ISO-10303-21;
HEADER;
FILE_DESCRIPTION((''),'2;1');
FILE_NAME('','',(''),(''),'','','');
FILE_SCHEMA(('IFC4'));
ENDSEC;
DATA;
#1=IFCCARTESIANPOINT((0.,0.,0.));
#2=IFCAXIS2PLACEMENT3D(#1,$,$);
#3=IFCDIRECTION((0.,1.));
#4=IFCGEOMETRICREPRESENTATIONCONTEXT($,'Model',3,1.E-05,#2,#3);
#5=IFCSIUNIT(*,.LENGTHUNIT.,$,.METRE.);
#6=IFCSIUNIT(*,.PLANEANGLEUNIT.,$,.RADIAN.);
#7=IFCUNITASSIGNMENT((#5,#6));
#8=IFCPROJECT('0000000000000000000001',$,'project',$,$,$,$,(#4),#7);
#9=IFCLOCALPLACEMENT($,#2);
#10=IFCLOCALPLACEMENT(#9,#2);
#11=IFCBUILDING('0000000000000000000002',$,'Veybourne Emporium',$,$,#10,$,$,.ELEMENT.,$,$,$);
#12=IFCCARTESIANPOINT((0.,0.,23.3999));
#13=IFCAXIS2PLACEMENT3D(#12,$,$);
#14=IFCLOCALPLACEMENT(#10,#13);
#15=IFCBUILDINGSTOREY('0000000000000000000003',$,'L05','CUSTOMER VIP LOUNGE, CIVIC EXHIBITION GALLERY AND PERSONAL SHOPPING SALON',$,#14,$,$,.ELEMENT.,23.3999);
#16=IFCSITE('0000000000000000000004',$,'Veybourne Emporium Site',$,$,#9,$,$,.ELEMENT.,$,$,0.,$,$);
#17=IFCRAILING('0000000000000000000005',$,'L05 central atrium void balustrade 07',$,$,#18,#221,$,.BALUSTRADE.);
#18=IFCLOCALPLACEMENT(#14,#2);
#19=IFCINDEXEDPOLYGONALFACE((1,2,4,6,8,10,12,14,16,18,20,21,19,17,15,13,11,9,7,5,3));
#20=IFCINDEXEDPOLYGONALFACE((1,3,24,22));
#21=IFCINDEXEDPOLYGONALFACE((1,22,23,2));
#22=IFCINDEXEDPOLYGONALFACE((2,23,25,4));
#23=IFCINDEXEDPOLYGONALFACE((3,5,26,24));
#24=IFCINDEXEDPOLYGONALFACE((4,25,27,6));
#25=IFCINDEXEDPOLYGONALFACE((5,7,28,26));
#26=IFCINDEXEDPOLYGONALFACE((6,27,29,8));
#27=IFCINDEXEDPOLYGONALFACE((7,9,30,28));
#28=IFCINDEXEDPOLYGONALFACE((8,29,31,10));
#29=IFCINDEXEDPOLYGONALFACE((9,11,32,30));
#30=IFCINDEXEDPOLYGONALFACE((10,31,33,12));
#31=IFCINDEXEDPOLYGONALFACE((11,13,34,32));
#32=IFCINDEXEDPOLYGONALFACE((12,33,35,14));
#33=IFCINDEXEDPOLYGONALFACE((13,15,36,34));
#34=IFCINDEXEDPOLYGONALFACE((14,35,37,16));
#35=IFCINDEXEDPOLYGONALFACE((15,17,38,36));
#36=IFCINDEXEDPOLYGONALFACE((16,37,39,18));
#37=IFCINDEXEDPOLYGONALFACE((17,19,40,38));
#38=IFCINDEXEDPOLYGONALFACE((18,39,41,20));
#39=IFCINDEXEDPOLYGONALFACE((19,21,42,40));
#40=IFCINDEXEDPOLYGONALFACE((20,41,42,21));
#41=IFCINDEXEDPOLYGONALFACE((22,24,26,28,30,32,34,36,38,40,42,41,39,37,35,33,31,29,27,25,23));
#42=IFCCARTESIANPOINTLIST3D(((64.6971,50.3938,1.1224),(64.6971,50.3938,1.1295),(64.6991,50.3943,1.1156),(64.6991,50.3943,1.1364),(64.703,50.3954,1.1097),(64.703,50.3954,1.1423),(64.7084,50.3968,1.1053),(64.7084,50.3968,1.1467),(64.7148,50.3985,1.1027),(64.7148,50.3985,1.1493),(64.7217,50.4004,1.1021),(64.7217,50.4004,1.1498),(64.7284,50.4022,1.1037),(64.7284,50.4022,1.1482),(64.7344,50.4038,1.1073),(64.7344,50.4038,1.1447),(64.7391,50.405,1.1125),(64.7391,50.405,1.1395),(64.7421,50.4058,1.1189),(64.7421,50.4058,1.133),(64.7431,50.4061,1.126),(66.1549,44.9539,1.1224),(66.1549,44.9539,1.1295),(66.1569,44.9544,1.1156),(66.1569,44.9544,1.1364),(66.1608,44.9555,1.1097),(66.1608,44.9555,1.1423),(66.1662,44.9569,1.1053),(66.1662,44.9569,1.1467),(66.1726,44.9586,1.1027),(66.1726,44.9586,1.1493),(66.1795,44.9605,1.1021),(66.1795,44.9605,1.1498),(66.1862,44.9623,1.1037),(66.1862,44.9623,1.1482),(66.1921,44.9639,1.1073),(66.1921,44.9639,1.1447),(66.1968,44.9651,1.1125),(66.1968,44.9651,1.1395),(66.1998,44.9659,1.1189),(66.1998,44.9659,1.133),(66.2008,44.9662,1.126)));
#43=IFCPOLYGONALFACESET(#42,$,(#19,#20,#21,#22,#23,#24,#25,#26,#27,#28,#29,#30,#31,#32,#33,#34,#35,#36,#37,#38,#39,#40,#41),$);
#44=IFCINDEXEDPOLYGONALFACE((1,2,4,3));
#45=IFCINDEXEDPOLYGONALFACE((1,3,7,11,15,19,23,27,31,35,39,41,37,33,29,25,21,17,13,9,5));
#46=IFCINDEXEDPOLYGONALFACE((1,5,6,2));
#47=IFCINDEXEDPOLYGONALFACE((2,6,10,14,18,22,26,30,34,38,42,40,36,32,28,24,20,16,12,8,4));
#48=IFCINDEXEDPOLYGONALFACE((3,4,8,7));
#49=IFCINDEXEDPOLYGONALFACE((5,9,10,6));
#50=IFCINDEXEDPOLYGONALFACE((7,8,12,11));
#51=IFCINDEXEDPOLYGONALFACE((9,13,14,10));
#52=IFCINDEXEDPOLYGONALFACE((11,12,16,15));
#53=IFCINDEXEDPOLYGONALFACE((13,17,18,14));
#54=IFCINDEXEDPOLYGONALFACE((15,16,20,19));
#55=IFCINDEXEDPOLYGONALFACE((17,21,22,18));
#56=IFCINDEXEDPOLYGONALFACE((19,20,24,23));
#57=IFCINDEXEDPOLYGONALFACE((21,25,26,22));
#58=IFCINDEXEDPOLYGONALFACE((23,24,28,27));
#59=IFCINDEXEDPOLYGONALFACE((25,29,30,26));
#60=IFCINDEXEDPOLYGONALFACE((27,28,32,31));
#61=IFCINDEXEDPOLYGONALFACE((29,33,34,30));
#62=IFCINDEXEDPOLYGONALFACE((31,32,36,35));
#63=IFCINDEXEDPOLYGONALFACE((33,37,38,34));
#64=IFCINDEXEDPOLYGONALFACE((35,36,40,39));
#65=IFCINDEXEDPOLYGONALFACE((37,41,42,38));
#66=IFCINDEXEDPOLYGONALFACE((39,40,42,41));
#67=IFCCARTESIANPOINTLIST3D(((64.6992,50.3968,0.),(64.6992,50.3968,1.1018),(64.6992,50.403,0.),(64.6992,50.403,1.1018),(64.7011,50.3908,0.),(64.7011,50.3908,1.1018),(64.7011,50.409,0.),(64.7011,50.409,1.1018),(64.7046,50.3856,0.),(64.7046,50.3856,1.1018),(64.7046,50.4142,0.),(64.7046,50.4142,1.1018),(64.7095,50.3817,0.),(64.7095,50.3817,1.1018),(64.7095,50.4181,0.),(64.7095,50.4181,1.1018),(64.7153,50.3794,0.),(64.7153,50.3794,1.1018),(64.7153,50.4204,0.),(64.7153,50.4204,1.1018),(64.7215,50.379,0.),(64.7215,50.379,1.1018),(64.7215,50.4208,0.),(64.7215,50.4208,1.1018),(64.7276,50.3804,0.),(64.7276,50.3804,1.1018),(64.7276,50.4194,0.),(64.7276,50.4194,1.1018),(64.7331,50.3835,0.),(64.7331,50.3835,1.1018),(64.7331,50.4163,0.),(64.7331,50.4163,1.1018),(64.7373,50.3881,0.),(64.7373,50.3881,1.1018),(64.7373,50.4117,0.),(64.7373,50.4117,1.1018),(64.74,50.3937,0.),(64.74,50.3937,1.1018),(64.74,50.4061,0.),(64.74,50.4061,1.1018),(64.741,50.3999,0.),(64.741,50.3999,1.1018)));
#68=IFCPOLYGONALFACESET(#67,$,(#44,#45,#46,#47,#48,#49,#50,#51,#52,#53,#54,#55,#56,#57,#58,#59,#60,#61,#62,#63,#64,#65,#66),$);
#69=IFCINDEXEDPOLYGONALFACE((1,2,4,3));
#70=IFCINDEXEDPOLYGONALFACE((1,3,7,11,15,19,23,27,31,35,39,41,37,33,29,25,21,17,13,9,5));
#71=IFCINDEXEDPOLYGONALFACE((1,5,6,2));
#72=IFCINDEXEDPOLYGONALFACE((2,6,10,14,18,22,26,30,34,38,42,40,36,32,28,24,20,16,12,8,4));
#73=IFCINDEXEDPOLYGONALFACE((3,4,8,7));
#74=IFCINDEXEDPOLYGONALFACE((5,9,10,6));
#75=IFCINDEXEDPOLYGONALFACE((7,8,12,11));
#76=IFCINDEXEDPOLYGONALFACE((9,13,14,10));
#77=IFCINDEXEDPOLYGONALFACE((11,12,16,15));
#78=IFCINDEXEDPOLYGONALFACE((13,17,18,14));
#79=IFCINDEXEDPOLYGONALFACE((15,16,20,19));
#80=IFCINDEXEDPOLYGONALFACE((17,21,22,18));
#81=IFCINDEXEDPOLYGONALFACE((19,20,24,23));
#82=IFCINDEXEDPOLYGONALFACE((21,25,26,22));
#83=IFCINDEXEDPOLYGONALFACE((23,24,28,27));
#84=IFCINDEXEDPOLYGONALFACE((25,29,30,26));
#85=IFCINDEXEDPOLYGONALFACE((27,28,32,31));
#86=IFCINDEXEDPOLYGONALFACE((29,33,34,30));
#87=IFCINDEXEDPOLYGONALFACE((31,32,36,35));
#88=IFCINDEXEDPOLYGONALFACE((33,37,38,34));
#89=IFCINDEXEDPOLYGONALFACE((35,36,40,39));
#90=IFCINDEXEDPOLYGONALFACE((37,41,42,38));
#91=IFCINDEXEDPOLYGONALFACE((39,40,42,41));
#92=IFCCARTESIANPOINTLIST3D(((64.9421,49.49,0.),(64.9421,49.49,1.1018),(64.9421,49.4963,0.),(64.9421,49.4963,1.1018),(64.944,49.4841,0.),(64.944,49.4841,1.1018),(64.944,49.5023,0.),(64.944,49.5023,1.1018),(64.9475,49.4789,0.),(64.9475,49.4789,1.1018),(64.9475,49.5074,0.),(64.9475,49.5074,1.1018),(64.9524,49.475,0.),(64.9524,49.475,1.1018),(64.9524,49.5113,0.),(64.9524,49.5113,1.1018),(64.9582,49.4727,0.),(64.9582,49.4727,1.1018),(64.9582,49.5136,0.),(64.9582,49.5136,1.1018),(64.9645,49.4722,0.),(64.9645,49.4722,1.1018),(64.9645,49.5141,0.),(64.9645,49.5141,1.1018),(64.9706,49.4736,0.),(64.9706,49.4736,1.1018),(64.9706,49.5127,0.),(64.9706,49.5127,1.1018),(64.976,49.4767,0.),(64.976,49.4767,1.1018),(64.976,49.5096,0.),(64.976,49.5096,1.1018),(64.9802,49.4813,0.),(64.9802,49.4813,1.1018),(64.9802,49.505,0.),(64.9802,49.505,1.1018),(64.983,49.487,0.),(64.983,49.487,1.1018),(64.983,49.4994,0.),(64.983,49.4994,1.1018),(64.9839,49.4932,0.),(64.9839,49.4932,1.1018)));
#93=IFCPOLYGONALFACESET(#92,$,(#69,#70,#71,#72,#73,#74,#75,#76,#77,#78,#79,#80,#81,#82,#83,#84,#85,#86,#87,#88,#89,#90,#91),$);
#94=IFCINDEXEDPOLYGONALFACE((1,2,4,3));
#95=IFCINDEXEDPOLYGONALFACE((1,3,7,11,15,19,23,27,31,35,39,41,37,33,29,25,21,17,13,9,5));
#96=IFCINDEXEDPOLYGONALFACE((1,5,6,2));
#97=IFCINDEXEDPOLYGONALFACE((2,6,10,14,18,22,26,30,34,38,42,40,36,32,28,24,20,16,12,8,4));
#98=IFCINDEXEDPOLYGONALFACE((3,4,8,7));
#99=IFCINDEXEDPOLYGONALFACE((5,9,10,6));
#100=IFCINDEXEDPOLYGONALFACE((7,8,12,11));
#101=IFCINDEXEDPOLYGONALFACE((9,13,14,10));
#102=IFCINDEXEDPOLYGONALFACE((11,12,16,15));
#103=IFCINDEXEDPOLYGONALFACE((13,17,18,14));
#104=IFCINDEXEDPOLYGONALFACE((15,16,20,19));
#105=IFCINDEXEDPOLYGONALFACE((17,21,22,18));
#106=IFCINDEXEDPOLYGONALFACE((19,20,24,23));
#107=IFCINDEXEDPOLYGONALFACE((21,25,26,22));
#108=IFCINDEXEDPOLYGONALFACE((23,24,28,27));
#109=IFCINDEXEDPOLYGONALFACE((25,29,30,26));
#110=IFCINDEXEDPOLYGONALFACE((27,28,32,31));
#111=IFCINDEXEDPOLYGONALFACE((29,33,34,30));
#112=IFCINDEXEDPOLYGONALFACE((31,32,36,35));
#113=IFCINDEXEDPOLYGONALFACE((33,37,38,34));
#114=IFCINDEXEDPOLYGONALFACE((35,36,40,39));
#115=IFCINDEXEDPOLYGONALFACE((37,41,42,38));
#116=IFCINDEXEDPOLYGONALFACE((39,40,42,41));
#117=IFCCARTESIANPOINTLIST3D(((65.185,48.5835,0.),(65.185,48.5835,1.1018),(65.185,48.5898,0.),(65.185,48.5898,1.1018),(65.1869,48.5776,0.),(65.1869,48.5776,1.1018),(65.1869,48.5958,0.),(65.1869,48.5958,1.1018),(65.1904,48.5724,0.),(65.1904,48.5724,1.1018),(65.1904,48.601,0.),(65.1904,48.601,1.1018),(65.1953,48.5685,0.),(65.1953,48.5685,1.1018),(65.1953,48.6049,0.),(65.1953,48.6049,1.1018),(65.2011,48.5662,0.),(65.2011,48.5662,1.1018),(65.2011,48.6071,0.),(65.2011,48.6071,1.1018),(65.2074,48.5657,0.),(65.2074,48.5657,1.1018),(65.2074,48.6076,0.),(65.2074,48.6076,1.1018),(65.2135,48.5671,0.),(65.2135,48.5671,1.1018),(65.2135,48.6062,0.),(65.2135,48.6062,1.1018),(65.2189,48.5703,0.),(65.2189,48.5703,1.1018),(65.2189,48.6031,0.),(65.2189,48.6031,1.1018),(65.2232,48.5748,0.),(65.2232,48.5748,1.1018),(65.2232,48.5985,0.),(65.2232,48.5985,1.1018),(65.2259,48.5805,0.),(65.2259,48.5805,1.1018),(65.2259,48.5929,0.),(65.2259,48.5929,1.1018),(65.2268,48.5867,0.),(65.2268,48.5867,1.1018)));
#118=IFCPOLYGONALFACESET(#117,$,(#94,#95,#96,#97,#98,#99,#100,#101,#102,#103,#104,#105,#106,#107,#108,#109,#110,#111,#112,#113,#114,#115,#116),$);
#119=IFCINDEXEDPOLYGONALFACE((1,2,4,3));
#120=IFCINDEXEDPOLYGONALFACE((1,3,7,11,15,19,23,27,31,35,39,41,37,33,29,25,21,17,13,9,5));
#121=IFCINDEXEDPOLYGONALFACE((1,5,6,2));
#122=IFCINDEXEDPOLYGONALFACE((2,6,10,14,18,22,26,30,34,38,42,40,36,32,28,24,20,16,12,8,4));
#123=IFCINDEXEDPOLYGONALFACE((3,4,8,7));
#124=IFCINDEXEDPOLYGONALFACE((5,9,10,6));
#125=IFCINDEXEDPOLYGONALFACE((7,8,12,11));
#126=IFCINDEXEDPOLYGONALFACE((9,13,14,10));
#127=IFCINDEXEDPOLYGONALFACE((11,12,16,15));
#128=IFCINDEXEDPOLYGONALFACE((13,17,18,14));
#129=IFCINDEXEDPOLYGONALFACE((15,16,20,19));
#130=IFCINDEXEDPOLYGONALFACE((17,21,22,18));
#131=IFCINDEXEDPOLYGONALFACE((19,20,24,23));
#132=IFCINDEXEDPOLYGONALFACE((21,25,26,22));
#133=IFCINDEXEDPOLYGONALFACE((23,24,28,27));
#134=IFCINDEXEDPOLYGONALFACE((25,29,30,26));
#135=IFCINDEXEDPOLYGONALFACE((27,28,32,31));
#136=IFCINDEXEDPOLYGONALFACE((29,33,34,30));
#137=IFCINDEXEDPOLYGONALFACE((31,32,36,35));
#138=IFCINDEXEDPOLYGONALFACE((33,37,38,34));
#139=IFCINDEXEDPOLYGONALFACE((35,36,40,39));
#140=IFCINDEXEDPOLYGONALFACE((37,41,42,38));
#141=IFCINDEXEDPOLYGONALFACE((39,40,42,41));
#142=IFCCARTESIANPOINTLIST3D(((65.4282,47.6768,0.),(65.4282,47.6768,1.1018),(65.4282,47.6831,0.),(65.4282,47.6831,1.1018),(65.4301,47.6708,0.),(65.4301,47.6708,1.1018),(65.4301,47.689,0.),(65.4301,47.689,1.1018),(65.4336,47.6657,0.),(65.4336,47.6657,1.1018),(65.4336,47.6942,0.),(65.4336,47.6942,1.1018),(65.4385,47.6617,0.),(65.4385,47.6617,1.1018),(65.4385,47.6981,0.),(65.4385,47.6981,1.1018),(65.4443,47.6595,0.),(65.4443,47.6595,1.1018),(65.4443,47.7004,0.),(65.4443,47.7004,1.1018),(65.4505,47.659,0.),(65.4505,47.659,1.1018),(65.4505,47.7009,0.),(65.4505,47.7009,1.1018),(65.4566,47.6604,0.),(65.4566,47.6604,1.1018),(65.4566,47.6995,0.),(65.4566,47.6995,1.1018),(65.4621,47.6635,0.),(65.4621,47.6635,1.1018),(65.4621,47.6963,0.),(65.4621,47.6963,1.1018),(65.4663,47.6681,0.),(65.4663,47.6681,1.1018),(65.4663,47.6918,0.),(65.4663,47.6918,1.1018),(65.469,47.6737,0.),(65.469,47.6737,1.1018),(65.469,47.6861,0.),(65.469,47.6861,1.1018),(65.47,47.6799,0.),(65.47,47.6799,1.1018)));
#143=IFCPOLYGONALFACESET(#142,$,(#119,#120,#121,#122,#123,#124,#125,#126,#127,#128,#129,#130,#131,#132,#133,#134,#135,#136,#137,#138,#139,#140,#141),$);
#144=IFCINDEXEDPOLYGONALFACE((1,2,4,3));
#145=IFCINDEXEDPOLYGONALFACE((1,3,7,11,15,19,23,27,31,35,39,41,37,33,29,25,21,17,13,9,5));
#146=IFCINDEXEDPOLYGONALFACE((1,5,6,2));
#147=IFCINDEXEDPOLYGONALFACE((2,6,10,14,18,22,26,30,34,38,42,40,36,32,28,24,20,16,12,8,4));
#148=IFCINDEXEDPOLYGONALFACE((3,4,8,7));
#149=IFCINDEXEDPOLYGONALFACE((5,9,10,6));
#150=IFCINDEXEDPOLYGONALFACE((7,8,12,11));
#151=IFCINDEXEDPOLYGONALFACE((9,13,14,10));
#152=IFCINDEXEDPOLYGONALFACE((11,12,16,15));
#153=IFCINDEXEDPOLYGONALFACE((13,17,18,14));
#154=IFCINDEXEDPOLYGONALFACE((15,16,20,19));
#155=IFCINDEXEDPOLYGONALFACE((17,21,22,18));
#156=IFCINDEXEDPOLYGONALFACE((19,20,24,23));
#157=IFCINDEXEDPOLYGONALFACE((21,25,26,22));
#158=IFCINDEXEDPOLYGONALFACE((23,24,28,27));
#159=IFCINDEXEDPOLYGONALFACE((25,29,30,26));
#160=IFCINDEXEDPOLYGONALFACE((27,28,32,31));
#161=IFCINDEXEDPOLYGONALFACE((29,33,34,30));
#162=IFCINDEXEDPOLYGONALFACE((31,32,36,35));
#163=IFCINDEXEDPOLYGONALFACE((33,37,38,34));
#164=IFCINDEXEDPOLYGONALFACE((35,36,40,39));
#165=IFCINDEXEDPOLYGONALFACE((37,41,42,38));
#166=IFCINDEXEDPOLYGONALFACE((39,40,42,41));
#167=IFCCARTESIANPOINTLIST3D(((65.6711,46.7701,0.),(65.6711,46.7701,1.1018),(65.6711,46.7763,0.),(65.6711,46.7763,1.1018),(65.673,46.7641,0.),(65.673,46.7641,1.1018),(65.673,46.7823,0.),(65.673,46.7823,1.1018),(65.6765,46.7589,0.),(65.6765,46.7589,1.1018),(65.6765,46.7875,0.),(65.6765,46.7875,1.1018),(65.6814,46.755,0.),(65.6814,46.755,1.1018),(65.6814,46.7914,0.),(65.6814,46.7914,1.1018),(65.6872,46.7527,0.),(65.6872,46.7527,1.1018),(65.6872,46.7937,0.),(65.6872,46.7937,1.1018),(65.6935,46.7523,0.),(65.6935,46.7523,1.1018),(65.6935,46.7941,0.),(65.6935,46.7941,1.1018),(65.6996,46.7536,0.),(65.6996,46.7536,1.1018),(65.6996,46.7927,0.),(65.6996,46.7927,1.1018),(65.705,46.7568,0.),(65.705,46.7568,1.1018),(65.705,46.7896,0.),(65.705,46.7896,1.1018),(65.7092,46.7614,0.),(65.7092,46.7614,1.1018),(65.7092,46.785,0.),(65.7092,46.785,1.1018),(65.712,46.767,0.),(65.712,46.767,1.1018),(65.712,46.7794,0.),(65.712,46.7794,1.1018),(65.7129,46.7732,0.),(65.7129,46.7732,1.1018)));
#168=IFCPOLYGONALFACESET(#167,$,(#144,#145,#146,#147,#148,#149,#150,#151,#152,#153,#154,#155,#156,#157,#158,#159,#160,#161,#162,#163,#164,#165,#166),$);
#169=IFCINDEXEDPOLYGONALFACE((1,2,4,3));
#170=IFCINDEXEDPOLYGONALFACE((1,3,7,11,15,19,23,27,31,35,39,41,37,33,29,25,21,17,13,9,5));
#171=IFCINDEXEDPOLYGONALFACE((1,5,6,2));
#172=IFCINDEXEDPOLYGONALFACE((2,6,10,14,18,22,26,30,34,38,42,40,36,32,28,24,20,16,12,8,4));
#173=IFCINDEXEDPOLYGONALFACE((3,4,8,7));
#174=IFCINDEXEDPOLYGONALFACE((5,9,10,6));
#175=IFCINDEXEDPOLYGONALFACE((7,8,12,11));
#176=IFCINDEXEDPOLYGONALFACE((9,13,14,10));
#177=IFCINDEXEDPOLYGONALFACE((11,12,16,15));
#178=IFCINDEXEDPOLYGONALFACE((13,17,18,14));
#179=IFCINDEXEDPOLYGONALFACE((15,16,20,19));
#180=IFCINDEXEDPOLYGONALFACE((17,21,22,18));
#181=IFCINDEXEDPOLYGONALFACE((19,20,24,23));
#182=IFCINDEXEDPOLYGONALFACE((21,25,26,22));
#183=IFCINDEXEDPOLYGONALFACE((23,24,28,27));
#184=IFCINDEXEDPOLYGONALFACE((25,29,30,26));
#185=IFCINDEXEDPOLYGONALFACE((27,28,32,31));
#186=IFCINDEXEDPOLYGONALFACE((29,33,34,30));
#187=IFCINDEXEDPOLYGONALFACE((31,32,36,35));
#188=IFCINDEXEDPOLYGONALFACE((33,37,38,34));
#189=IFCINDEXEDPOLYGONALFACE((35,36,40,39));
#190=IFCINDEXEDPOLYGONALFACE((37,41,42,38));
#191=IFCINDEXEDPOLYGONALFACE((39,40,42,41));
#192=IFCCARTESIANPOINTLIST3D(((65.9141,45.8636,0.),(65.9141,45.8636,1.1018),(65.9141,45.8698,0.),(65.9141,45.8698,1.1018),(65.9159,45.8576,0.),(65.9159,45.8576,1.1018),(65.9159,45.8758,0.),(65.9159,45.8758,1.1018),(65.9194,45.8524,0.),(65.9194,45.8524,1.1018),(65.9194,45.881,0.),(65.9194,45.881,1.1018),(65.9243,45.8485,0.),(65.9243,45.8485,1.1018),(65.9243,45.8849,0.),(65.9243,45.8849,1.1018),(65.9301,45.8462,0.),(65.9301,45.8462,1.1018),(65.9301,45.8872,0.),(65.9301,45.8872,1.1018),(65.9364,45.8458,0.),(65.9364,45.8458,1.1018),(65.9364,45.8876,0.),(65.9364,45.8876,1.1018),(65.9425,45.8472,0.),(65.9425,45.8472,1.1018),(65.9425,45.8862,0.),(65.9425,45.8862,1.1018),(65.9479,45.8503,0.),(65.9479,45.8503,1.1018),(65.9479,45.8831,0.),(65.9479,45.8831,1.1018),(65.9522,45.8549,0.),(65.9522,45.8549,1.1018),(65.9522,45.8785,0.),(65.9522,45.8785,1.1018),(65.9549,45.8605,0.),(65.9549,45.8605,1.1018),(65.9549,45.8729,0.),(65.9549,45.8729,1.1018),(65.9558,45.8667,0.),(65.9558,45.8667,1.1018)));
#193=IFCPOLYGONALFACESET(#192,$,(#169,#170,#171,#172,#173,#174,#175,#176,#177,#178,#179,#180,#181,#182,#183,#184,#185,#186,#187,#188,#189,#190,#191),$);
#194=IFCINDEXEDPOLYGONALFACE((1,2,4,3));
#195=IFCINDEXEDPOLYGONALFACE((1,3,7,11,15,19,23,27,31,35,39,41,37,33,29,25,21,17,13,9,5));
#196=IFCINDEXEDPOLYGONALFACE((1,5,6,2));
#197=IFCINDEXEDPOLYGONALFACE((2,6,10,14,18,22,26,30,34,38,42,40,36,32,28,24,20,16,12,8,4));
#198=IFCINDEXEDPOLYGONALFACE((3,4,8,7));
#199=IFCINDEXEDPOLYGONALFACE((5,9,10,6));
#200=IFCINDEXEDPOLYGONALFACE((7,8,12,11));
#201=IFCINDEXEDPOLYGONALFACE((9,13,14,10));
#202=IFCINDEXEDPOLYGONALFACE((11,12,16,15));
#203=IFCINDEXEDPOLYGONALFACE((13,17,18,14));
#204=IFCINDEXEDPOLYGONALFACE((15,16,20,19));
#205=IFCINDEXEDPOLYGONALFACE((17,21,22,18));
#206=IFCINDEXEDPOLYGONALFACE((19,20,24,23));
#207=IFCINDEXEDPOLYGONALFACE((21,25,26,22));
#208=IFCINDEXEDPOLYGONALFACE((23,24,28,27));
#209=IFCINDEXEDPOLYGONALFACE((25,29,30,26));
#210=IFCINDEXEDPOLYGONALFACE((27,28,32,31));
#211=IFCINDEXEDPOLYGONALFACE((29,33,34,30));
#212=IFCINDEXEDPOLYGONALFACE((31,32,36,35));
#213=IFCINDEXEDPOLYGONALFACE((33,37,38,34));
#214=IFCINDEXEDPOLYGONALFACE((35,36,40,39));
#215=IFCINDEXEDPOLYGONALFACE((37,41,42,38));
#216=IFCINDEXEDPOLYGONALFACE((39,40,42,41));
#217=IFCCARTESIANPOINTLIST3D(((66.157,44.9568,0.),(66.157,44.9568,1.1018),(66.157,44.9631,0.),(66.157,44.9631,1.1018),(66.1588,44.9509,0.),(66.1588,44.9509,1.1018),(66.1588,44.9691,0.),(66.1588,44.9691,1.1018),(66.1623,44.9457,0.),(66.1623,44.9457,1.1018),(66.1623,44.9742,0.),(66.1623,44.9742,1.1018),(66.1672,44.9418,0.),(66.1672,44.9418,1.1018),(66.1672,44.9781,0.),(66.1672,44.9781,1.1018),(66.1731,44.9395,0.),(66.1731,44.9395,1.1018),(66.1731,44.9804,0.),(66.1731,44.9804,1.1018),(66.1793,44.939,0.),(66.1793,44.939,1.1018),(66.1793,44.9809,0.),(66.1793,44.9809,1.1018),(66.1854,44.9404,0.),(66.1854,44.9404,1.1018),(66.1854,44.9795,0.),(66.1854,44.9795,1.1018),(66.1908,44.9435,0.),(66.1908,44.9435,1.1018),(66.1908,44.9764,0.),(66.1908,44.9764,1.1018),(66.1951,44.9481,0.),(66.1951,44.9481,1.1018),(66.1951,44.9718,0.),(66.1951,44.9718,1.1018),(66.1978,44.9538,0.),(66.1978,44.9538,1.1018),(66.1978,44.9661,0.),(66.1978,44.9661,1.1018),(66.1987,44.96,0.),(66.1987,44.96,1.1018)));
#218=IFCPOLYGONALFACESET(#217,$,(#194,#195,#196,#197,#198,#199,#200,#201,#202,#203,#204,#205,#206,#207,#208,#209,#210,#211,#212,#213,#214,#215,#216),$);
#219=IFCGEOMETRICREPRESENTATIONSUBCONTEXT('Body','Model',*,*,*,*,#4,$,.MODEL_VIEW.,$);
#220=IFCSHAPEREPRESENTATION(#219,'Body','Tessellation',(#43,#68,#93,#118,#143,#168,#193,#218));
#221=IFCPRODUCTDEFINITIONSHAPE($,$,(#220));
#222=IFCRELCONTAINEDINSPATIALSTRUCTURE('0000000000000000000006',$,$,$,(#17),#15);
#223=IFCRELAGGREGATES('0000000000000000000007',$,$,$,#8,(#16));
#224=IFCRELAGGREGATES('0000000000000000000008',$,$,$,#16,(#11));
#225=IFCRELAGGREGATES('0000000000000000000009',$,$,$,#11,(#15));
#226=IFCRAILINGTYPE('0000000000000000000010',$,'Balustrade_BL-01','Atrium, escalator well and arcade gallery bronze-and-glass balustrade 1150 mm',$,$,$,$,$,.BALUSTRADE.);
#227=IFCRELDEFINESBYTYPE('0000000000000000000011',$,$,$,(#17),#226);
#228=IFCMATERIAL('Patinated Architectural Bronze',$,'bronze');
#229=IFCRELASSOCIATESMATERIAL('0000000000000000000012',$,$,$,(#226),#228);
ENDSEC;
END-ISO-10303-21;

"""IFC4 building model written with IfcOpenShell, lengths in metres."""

from ifc_helpers import new_model, si_unit, direction, frame, origin, origin_2d, place, context, subcontext, project, spatial, circle, extrude, material, type_object, element, save


model = new_model("IFC4")

# Units and contexts
model_context = context("Model", 3, precision=1e-05, world=origin(), true_north=direction((0.0, 1.0)))
body_context = subcontext(model_context, "Body", "Model", "MODEL_VIEW")
ifc_project = project(units=[si_unit("LENGTHUNIT", "METRE"), si_unit("PLANEANGLEUNIT", "RADIAN")], contexts=[model_context])

# Site, building, storey
site_placement = place(None, origin())
site = spatial("IfcSite", under=ifc_project, at=site_placement, Name="Veybourne Emporium Site", CompositionType="ELEMENT", RefElevation=0.0)
building_placement = place(site_placement, origin())
building = spatial("IfcBuilding", under=site, at=building_placement, Name="Veybourne Emporium", CompositionType="ELEMENT")
storey_placement = place(building_placement, frame((0.0, 0.0, 23.3999)))
storey = spatial("IfcBuildingStorey", under=building, at=storey_placement, Name="L05", Description="CUSTOMER VIP LOUNGE, CIVIC EXHIBITION GALLERY AND PERSONAL SHOPPING SALON", CompositionType="ELEMENT", Elevation=23.3999)

# Railing
ifc_material_1 = material(Name="Patinated Architectural Bronze", Category="bronze")
railing_type = type_object("IfcRailingType", Name="Balustrade_BL-01", Description="Atrium, escalator well and arcade gallery bronze-and-glass balustrade 1150 mm", PredefinedType="BALUSTRADE", material=ifc_material_1)
railing_1_placement = place(storey_placement, frame((64.72, 50.3999, 0.0)))
element("IfcRailing", 1, at=railing_1_placement, inside=storey, type_object=railing_type, Name="L05 central atrium void balustrade 07", PredefinedType="BALUSTRADE", context=body_context, shape_type="SweptSolid", body=[
    extrude(circle(Radius=0.0239, at=origin_2d()), frame((0.0, 0.0, 1.126), z_axis=(0.258842, -0.96592, 0.0), x_axis=(0.96592, 0.258842, 0.0)), (0.0, 0.0, 1.0), 5.6318),
    extrude(circle(Radius=0.021, at=origin_2d()), origin(), (0.0, 0.0, 1.0), 1.1018),
    extrude(circle(Radius=0.021, at=origin_2d()), frame((0.2429, -0.9067, 0.0)), (0.0, 0.0, 1.0), 1.1018),
    extrude(circle(Radius=0.021, at=origin_2d()), frame((0.4858, -1.8132, 0.0)), (0.0, 0.0, 1.0), 1.1018),
    extrude(circle(Radius=0.021, at=origin_2d()), frame((0.729, -2.72, 0.0)), (0.0, 0.0, 1.0), 1.1018),
    extrude(circle(Radius=0.021, at=origin_2d()), frame((0.9719, -3.6267, 0.0)), (0.0, 0.0, 1.0), 1.1018),
    extrude(circle(Radius=0.021, at=origin_2d()), frame((1.2148, -4.5332, 0.0)), (0.0, 0.0, 1.0), 1.1018),
    extrude(circle(Radius=0.021, at=origin_2d()), frame((1.4578, -5.4399, 0.0)), (0.0, 0.0, 1.0), 1.1018),
])

save(model, "model.ifc")
